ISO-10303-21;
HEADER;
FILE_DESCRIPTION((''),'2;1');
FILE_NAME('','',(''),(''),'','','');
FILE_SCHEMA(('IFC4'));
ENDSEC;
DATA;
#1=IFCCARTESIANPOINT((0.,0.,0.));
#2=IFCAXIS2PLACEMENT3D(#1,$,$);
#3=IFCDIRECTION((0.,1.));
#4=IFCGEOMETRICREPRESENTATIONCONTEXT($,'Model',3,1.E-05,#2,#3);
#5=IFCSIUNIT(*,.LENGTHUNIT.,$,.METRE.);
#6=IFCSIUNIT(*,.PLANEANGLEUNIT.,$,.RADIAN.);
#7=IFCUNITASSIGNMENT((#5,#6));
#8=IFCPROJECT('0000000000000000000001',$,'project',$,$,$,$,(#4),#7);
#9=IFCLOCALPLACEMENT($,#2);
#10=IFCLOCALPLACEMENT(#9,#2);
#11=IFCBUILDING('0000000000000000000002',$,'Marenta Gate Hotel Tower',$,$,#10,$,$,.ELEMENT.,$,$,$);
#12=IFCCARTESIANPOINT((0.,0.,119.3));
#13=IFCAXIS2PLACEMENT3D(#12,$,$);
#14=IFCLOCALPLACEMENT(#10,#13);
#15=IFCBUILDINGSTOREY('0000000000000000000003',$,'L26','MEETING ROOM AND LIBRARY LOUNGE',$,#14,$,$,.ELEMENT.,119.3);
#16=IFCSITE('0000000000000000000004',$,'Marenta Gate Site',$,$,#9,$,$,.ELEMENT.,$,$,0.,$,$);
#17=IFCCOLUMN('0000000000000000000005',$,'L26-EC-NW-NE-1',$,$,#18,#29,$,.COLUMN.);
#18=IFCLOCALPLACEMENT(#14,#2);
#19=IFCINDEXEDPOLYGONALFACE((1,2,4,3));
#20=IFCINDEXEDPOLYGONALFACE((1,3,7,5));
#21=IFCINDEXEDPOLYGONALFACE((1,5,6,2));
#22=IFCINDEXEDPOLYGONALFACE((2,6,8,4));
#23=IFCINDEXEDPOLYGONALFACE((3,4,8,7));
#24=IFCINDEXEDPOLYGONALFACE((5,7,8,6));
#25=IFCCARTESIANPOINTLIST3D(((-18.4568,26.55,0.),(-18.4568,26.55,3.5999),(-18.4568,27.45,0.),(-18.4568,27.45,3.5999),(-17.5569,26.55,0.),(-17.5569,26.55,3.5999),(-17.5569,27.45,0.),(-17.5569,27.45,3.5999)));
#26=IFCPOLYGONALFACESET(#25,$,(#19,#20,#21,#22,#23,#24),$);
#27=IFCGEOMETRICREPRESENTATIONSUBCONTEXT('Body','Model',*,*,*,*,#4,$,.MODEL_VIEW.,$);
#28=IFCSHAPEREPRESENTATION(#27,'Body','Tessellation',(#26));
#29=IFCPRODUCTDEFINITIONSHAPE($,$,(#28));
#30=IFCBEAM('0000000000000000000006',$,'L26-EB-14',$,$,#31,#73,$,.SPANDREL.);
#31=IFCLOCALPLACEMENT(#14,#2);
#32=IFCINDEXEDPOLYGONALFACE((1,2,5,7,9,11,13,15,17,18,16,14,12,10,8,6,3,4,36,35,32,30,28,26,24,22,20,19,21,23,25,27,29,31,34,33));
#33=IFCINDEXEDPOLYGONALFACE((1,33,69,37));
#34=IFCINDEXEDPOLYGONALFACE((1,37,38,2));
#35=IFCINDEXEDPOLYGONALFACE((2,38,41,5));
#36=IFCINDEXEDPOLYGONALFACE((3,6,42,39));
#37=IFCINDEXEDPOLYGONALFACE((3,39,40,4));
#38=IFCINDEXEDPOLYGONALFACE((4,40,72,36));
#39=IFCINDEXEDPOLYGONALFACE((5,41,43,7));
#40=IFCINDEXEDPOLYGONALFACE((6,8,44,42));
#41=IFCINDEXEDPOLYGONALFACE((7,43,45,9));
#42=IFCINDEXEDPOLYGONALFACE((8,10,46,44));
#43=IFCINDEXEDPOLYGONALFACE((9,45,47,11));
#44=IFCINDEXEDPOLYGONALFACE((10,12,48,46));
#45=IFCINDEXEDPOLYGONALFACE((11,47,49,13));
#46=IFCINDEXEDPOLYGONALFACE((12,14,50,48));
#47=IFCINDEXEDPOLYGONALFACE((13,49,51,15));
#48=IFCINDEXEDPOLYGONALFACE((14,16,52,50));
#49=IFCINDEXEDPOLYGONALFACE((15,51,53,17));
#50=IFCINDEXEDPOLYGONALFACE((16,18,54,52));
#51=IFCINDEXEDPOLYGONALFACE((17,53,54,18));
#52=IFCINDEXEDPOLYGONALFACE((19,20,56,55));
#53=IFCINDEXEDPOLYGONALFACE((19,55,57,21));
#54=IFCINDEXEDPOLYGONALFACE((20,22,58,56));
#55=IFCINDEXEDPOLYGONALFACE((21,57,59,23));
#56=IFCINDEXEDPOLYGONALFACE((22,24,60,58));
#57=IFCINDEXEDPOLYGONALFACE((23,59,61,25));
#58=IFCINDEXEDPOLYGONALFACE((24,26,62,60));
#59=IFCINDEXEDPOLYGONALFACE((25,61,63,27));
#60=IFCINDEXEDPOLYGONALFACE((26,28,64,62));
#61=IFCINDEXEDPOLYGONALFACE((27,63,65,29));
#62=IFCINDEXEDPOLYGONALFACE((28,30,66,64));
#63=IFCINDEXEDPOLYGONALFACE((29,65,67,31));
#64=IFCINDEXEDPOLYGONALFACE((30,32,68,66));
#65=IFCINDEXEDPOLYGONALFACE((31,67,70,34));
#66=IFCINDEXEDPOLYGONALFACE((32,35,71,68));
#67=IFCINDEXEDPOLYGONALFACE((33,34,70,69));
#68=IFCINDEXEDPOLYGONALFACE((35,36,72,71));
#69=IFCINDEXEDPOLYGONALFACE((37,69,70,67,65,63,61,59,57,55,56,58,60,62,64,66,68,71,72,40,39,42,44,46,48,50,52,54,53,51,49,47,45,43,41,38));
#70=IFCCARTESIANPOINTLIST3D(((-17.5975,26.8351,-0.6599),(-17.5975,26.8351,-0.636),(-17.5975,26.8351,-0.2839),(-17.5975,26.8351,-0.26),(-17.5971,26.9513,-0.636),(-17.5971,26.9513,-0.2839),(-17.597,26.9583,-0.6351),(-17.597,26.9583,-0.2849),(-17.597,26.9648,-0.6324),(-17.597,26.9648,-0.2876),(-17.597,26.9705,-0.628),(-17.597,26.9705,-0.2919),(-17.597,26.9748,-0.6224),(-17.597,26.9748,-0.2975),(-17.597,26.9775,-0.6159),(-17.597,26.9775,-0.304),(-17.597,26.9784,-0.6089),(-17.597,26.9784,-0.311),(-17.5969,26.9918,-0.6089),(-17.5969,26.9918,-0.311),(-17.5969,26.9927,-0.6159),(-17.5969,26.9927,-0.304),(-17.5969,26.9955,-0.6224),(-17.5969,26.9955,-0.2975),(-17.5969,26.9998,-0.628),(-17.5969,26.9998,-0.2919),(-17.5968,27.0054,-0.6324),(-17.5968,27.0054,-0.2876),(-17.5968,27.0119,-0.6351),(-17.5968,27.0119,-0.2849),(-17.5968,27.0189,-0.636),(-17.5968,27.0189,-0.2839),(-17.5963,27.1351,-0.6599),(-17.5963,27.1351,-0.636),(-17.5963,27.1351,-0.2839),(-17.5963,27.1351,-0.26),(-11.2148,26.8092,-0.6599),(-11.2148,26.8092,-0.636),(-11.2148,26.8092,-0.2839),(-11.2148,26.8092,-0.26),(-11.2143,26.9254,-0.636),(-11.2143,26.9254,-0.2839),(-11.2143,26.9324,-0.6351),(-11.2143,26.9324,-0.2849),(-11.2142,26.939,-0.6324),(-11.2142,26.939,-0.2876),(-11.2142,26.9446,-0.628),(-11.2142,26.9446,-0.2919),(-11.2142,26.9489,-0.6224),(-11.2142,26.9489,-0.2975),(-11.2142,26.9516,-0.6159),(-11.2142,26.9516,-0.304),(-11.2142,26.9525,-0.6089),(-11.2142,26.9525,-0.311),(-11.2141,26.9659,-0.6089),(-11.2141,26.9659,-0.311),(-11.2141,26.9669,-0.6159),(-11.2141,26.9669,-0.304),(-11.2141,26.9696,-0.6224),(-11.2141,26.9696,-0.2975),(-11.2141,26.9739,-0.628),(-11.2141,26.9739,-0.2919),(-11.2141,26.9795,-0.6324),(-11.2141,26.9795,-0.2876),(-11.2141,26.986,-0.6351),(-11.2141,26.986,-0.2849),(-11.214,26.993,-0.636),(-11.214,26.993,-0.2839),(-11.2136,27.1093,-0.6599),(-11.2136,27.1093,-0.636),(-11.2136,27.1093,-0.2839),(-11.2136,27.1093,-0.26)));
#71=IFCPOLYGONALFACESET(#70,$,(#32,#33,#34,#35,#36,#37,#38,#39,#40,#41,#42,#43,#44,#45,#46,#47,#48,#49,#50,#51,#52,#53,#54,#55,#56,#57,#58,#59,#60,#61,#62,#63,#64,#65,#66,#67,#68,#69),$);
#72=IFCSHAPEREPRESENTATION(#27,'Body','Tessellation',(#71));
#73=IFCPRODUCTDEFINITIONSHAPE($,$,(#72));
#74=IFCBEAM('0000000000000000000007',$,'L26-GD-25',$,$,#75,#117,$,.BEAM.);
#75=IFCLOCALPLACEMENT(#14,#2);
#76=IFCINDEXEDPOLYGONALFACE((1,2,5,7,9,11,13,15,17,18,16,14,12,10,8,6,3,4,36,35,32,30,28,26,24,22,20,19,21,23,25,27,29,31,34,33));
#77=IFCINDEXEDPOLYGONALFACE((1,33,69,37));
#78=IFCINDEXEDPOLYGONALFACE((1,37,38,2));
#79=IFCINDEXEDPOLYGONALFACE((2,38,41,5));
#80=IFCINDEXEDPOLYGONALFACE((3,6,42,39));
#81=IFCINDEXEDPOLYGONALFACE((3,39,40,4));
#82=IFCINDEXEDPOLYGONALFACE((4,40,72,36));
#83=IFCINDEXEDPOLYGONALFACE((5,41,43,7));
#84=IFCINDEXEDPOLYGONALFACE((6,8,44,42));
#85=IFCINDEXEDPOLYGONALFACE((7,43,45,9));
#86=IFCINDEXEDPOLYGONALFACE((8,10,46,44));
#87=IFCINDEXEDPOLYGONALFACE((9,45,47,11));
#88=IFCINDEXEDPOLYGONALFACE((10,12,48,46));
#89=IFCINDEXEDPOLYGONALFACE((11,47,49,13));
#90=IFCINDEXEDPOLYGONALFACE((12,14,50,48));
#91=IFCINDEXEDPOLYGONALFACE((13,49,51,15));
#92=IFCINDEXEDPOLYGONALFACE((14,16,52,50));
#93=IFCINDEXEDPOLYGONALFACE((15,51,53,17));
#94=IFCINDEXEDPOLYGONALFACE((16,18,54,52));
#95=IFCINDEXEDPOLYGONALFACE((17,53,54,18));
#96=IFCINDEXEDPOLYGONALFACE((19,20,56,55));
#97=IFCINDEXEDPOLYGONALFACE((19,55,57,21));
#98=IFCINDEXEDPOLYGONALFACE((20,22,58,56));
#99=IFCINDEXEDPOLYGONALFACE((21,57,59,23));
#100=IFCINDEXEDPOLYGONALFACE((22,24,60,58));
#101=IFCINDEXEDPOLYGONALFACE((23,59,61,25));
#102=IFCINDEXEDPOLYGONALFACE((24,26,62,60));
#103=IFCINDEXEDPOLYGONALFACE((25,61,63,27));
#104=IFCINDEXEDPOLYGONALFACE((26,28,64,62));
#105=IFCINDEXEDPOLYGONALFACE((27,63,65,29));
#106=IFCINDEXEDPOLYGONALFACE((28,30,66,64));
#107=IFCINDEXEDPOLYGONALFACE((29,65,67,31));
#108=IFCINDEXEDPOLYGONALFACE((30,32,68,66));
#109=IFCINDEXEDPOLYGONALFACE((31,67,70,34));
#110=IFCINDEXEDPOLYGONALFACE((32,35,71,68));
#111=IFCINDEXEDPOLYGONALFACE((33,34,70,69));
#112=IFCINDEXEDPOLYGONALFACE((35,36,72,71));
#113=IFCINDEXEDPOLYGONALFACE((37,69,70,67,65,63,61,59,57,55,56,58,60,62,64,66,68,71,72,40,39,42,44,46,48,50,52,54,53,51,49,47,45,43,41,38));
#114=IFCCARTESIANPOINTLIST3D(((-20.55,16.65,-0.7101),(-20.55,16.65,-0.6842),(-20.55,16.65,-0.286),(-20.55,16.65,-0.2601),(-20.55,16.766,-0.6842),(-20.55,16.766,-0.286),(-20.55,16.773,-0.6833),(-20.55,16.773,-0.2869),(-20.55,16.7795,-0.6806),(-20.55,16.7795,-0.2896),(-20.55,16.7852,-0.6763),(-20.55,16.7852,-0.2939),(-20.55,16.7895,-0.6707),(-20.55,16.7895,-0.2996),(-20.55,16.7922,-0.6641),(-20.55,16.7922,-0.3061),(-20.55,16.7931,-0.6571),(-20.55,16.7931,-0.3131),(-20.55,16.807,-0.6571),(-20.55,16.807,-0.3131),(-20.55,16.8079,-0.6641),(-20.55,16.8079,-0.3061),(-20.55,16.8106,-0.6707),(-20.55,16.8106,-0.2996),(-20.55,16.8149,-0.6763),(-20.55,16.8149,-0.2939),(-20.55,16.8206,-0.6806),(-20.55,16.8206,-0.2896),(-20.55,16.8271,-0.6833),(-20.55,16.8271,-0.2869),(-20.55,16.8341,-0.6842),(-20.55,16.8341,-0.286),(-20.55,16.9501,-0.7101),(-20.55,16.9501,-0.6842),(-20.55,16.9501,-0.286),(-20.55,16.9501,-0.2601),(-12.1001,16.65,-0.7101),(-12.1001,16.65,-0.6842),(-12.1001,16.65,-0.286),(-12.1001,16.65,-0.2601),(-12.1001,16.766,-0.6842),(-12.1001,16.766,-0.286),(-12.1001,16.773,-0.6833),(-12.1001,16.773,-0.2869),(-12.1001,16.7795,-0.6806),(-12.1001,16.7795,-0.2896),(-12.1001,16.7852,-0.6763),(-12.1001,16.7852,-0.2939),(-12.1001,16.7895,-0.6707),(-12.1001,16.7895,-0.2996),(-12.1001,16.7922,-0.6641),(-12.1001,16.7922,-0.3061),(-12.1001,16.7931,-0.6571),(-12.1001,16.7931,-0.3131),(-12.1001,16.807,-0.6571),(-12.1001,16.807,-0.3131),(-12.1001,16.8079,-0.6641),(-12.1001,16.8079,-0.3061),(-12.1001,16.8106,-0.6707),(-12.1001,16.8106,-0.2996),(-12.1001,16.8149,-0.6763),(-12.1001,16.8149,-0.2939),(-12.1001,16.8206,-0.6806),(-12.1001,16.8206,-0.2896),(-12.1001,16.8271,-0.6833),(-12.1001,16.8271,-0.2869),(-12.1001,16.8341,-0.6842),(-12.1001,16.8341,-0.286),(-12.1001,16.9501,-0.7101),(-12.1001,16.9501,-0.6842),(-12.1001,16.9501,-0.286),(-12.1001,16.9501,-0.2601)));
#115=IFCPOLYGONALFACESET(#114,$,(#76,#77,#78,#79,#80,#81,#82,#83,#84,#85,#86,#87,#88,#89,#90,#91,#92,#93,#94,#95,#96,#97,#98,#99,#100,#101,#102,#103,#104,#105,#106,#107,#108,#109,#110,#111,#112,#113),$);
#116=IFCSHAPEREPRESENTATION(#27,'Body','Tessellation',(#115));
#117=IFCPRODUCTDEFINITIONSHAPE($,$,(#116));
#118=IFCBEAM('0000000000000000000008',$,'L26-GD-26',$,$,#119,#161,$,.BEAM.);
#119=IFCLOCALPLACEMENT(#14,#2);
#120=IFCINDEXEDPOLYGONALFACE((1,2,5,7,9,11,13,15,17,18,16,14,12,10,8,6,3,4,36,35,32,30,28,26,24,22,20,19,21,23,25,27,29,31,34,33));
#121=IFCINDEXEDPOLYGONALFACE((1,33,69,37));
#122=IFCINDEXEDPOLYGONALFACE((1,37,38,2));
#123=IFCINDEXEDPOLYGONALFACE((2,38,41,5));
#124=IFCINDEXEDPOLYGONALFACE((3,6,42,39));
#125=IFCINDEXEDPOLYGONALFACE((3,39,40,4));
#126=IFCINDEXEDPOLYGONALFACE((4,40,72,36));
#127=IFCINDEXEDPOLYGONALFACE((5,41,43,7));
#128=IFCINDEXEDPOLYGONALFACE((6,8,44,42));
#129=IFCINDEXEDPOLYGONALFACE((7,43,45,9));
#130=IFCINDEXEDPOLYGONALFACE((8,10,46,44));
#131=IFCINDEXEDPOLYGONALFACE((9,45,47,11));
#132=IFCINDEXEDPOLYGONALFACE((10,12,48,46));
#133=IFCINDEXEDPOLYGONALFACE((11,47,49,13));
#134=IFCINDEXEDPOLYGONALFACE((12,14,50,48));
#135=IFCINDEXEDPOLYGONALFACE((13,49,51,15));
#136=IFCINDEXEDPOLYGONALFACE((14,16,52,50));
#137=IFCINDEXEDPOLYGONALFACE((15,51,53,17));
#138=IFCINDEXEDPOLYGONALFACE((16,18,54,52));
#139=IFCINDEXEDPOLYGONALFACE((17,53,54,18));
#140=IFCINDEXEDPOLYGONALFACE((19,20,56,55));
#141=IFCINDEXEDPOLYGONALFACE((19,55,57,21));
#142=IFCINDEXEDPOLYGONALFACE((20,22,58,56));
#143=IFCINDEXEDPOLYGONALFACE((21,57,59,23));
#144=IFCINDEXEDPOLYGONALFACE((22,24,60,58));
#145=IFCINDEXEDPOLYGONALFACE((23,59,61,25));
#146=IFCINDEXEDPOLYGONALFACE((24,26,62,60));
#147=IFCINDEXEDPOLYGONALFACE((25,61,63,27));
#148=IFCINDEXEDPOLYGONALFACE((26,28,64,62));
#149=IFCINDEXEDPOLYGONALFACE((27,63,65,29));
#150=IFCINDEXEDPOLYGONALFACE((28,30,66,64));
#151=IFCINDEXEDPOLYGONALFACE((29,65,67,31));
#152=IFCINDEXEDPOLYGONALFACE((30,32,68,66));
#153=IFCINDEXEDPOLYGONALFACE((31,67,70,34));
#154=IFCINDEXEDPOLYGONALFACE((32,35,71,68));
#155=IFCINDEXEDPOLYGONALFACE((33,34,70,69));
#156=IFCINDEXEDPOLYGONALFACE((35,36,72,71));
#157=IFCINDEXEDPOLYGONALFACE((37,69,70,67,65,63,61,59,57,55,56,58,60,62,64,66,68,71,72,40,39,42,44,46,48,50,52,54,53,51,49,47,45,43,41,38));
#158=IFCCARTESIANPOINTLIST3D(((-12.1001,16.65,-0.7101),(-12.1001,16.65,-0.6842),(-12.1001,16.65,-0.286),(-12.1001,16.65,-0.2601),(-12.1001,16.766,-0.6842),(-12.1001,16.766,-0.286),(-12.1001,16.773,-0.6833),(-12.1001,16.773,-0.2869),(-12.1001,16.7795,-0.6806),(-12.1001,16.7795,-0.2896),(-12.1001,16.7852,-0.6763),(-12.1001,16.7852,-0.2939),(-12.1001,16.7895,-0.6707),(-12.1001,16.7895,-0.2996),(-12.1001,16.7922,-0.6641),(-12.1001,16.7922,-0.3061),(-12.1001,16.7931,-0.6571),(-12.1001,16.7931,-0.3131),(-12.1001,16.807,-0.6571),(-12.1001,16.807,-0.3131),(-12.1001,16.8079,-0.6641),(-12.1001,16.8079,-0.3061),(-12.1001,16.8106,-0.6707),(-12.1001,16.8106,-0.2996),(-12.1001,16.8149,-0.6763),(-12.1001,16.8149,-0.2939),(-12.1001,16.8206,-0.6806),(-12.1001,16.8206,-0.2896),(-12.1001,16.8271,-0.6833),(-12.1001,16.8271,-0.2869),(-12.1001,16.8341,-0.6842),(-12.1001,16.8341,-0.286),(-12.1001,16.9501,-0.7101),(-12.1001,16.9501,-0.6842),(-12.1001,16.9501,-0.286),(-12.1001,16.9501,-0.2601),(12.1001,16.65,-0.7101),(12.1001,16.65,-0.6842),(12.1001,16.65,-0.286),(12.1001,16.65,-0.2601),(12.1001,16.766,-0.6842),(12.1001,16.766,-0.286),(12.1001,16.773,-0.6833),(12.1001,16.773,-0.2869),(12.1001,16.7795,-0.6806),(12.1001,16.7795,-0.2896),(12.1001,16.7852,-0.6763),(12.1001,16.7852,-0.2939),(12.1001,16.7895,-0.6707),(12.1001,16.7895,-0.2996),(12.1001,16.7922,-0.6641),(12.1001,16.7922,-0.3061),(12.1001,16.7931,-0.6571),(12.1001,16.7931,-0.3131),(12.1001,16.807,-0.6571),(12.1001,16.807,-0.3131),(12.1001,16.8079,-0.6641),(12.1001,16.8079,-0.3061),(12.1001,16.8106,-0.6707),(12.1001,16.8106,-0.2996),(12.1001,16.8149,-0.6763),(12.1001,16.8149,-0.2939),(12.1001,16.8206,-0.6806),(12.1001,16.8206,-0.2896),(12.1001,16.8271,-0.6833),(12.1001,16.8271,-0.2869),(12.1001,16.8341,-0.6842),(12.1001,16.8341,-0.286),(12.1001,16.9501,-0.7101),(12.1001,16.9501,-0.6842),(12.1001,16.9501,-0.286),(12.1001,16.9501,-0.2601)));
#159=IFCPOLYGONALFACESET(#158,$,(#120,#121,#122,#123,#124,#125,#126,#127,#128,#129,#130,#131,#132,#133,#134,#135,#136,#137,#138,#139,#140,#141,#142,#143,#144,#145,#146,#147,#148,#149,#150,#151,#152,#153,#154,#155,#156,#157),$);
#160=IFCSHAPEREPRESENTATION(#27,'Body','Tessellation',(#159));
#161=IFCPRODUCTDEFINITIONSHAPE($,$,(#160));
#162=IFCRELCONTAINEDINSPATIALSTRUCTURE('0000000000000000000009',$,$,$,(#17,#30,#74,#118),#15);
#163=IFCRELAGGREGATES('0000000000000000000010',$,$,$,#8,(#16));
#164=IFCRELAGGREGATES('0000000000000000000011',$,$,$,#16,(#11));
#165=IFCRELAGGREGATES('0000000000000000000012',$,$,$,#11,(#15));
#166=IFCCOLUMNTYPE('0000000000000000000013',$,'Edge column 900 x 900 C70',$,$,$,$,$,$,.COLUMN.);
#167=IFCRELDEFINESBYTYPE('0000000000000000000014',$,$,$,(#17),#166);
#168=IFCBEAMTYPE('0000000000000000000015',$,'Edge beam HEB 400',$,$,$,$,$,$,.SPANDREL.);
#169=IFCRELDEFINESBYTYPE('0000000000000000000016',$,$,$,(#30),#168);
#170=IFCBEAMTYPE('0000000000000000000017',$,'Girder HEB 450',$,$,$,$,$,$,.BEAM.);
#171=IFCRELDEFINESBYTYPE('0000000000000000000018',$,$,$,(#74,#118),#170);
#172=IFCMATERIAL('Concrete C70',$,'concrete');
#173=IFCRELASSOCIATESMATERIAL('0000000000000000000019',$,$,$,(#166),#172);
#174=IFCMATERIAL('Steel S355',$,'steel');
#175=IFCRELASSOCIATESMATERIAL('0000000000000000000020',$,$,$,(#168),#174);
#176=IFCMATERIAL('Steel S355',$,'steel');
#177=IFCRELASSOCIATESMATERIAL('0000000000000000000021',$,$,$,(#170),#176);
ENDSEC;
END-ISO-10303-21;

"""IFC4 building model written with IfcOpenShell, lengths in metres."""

from ifc_helpers import new_model, si_unit, direction, frame, origin, origin_2d, place, context, subcontext, project, spatial, rectangle, i_section, extrude, material, material_profile, profile_set, type_object, element, save


model = new_model("IFC4")

# Units and contexts
model_context = context("Model", 3, precision=1e-05, world=origin(), true_north=direction((0.0, 1.0)))
body_context = subcontext(model_context, "Body", "Model", "MODEL_VIEW")
ifc_project = project(units=[si_unit("LENGTHUNIT", "METRE"), si_unit("PLANEANGLEUNIT", "RADIAN")], contexts=[model_context])

# Site, building, storey
site_placement = place(None, origin())
site = spatial("IfcSite", under=ifc_project, at=site_placement, Name="Marenta Gate Site", CompositionType="ELEMENT", RefElevation=0.0)
building_placement = place(site_placement, origin())
building = spatial("IfcBuilding", under=site, at=building_placement, Name="Marenta Gate Hotel Tower", CompositionType="ELEMENT")
storey_placement = place(building_placement, frame((0.0, 0.0, 119.3)))
storey = spatial("IfcBuildingStorey", under=building, at=storey_placement, Name="L26", Description="MEETING ROOM AND LIBRARY LOUNGE", CompositionType="ELEMENT", Elevation=119.3)

# Column
ifc_material_1 = material(Name="Concrete C70", Category="concrete")
ifc_material_profile_1 = material_profile(ifc_material_1, rectangle(XDim=0.8999, YDim=0.8999, at=origin_2d()), Name="900 x 900")
ifc_profile_set_1 = profile_set([ifc_material_profile_1], Name="Concrete C70")
column_type = type_object("IfcColumnType", Name="Edge column 900 x 900 C70", PredefinedType="COLUMN", material=ifc_profile_set_1)
column_placement = place(storey_placement, frame((-18.0068, 27.0, 0.0), z_axis=(0.0, 0.0, 1.0), x_axis=(1.0, 0.0, 0.0)))
element("IfcColumn", 1, at=column_placement, inside=storey, type_object=column_type, Name="L26-EC-NW-NE-1", PredefinedType="COLUMN", context=body_context, shape_type="SweptSolid", body=[
    extrude(rectangle(XDim=0.8999, YDim=0.8999, at=origin_2d()), origin(), (0.0, 0.0, 1.0), 3.5999),
])

# Beams
ifc_material_2 = material(Name="Steel S355", Category="steel")
ifc_material_profile_2 = material_profile(ifc_material_2, i_section(OverallWidth=0.3, OverallDepth=0.3999, WebThickness=0.0134, FlangeThickness=0.0239, FilletRadius=0.0271, at=origin_2d()), Name="HEB 400")
ifc_profile_set_2 = profile_set([ifc_material_profile_2], Name="Steel S355")
beam_type_1 = type_object("IfcBeamType", Name="Edge beam HEB 400", PredefinedType="SPANDREL", material=ifc_profile_set_2)
beam_1_placement = place(storey_placement, frame((-17.5969, 26.9851, -0.46), z_axis=(0.999992, -0.004054, 0.0), x_axis=(0.004054, 0.999992, 0.0)))
element("IfcBeam", 2, at=beam_1_placement, inside=storey, type_object=beam_type_1, Name="L26-EB-14", PredefinedType="SPANDREL", context=body_context, shape_type="SweptSolid", body=[
    extrude(i_section(OverallWidth=0.3, OverallDepth=0.3999, WebThickness=0.0134, FlangeThickness=0.0239, FilletRadius=0.0271, at=origin_2d()), origin(), (0.0, 0.0, 1.0), 6.3828),
])
ifc_material_3 = material(Name="Steel S355", Category="steel")
ifc_material_profile_3 = material_profile(ifc_material_3, i_section(OverallWidth=0.3, OverallDepth=0.45, WebThickness=0.0139, FlangeThickness=0.0259, FilletRadius=0.0271, at=origin_2d()), Name="HEB 450")
ifc_profile_set_3 = profile_set([ifc_material_profile_3], Name="Steel S355")
beam_type_2 = type_object("IfcBeamType", Name="Girder HEB 450", PredefinedType="BEAM", material=ifc_profile_set_3)
beam_2_placement = place(storey_placement, frame((-20.55, 16.8, -0.4851), z_axis=(1.0, 0.0, 0.0), x_axis=(0.0, 1.0, 0.0)))
element("IfcBeam", 3, at=beam_2_placement, inside=storey, type_object=beam_type_2, Name="L26-GD-25", PredefinedType="BEAM", context=body_context, shape_type="SweptSolid", body=[
    extrude(i_section(OverallWidth=0.3, OverallDepth=0.45, WebThickness=0.0139, FlangeThickness=0.0259, FilletRadius=0.0271, at=origin_2d()), origin(), (0.0, 0.0, 1.0), 8.45),
])
beam_3_placement = place(storey_placement, frame((-12.1001, 16.8, -0.4851), z_axis=(1.0, 0.0, 0.0), x_axis=(0.0, 1.0, 0.0)))
element("IfcBeam", 4, at=beam_3_placement, inside=storey, type_object=beam_type_2, Name="L26-GD-26", PredefinedType="BEAM", context=body_context, shape_type="SweptSolid", body=[
    extrude(i_section(OverallWidth=0.3, OverallDepth=0.45, WebThickness=0.0139, FlangeThickness=0.0259, FilletRadius=0.0271, at=origin_2d()), origin(), (0.0, 0.0, 1.0), 24.2002),
])

save(model, "model.ifc")
